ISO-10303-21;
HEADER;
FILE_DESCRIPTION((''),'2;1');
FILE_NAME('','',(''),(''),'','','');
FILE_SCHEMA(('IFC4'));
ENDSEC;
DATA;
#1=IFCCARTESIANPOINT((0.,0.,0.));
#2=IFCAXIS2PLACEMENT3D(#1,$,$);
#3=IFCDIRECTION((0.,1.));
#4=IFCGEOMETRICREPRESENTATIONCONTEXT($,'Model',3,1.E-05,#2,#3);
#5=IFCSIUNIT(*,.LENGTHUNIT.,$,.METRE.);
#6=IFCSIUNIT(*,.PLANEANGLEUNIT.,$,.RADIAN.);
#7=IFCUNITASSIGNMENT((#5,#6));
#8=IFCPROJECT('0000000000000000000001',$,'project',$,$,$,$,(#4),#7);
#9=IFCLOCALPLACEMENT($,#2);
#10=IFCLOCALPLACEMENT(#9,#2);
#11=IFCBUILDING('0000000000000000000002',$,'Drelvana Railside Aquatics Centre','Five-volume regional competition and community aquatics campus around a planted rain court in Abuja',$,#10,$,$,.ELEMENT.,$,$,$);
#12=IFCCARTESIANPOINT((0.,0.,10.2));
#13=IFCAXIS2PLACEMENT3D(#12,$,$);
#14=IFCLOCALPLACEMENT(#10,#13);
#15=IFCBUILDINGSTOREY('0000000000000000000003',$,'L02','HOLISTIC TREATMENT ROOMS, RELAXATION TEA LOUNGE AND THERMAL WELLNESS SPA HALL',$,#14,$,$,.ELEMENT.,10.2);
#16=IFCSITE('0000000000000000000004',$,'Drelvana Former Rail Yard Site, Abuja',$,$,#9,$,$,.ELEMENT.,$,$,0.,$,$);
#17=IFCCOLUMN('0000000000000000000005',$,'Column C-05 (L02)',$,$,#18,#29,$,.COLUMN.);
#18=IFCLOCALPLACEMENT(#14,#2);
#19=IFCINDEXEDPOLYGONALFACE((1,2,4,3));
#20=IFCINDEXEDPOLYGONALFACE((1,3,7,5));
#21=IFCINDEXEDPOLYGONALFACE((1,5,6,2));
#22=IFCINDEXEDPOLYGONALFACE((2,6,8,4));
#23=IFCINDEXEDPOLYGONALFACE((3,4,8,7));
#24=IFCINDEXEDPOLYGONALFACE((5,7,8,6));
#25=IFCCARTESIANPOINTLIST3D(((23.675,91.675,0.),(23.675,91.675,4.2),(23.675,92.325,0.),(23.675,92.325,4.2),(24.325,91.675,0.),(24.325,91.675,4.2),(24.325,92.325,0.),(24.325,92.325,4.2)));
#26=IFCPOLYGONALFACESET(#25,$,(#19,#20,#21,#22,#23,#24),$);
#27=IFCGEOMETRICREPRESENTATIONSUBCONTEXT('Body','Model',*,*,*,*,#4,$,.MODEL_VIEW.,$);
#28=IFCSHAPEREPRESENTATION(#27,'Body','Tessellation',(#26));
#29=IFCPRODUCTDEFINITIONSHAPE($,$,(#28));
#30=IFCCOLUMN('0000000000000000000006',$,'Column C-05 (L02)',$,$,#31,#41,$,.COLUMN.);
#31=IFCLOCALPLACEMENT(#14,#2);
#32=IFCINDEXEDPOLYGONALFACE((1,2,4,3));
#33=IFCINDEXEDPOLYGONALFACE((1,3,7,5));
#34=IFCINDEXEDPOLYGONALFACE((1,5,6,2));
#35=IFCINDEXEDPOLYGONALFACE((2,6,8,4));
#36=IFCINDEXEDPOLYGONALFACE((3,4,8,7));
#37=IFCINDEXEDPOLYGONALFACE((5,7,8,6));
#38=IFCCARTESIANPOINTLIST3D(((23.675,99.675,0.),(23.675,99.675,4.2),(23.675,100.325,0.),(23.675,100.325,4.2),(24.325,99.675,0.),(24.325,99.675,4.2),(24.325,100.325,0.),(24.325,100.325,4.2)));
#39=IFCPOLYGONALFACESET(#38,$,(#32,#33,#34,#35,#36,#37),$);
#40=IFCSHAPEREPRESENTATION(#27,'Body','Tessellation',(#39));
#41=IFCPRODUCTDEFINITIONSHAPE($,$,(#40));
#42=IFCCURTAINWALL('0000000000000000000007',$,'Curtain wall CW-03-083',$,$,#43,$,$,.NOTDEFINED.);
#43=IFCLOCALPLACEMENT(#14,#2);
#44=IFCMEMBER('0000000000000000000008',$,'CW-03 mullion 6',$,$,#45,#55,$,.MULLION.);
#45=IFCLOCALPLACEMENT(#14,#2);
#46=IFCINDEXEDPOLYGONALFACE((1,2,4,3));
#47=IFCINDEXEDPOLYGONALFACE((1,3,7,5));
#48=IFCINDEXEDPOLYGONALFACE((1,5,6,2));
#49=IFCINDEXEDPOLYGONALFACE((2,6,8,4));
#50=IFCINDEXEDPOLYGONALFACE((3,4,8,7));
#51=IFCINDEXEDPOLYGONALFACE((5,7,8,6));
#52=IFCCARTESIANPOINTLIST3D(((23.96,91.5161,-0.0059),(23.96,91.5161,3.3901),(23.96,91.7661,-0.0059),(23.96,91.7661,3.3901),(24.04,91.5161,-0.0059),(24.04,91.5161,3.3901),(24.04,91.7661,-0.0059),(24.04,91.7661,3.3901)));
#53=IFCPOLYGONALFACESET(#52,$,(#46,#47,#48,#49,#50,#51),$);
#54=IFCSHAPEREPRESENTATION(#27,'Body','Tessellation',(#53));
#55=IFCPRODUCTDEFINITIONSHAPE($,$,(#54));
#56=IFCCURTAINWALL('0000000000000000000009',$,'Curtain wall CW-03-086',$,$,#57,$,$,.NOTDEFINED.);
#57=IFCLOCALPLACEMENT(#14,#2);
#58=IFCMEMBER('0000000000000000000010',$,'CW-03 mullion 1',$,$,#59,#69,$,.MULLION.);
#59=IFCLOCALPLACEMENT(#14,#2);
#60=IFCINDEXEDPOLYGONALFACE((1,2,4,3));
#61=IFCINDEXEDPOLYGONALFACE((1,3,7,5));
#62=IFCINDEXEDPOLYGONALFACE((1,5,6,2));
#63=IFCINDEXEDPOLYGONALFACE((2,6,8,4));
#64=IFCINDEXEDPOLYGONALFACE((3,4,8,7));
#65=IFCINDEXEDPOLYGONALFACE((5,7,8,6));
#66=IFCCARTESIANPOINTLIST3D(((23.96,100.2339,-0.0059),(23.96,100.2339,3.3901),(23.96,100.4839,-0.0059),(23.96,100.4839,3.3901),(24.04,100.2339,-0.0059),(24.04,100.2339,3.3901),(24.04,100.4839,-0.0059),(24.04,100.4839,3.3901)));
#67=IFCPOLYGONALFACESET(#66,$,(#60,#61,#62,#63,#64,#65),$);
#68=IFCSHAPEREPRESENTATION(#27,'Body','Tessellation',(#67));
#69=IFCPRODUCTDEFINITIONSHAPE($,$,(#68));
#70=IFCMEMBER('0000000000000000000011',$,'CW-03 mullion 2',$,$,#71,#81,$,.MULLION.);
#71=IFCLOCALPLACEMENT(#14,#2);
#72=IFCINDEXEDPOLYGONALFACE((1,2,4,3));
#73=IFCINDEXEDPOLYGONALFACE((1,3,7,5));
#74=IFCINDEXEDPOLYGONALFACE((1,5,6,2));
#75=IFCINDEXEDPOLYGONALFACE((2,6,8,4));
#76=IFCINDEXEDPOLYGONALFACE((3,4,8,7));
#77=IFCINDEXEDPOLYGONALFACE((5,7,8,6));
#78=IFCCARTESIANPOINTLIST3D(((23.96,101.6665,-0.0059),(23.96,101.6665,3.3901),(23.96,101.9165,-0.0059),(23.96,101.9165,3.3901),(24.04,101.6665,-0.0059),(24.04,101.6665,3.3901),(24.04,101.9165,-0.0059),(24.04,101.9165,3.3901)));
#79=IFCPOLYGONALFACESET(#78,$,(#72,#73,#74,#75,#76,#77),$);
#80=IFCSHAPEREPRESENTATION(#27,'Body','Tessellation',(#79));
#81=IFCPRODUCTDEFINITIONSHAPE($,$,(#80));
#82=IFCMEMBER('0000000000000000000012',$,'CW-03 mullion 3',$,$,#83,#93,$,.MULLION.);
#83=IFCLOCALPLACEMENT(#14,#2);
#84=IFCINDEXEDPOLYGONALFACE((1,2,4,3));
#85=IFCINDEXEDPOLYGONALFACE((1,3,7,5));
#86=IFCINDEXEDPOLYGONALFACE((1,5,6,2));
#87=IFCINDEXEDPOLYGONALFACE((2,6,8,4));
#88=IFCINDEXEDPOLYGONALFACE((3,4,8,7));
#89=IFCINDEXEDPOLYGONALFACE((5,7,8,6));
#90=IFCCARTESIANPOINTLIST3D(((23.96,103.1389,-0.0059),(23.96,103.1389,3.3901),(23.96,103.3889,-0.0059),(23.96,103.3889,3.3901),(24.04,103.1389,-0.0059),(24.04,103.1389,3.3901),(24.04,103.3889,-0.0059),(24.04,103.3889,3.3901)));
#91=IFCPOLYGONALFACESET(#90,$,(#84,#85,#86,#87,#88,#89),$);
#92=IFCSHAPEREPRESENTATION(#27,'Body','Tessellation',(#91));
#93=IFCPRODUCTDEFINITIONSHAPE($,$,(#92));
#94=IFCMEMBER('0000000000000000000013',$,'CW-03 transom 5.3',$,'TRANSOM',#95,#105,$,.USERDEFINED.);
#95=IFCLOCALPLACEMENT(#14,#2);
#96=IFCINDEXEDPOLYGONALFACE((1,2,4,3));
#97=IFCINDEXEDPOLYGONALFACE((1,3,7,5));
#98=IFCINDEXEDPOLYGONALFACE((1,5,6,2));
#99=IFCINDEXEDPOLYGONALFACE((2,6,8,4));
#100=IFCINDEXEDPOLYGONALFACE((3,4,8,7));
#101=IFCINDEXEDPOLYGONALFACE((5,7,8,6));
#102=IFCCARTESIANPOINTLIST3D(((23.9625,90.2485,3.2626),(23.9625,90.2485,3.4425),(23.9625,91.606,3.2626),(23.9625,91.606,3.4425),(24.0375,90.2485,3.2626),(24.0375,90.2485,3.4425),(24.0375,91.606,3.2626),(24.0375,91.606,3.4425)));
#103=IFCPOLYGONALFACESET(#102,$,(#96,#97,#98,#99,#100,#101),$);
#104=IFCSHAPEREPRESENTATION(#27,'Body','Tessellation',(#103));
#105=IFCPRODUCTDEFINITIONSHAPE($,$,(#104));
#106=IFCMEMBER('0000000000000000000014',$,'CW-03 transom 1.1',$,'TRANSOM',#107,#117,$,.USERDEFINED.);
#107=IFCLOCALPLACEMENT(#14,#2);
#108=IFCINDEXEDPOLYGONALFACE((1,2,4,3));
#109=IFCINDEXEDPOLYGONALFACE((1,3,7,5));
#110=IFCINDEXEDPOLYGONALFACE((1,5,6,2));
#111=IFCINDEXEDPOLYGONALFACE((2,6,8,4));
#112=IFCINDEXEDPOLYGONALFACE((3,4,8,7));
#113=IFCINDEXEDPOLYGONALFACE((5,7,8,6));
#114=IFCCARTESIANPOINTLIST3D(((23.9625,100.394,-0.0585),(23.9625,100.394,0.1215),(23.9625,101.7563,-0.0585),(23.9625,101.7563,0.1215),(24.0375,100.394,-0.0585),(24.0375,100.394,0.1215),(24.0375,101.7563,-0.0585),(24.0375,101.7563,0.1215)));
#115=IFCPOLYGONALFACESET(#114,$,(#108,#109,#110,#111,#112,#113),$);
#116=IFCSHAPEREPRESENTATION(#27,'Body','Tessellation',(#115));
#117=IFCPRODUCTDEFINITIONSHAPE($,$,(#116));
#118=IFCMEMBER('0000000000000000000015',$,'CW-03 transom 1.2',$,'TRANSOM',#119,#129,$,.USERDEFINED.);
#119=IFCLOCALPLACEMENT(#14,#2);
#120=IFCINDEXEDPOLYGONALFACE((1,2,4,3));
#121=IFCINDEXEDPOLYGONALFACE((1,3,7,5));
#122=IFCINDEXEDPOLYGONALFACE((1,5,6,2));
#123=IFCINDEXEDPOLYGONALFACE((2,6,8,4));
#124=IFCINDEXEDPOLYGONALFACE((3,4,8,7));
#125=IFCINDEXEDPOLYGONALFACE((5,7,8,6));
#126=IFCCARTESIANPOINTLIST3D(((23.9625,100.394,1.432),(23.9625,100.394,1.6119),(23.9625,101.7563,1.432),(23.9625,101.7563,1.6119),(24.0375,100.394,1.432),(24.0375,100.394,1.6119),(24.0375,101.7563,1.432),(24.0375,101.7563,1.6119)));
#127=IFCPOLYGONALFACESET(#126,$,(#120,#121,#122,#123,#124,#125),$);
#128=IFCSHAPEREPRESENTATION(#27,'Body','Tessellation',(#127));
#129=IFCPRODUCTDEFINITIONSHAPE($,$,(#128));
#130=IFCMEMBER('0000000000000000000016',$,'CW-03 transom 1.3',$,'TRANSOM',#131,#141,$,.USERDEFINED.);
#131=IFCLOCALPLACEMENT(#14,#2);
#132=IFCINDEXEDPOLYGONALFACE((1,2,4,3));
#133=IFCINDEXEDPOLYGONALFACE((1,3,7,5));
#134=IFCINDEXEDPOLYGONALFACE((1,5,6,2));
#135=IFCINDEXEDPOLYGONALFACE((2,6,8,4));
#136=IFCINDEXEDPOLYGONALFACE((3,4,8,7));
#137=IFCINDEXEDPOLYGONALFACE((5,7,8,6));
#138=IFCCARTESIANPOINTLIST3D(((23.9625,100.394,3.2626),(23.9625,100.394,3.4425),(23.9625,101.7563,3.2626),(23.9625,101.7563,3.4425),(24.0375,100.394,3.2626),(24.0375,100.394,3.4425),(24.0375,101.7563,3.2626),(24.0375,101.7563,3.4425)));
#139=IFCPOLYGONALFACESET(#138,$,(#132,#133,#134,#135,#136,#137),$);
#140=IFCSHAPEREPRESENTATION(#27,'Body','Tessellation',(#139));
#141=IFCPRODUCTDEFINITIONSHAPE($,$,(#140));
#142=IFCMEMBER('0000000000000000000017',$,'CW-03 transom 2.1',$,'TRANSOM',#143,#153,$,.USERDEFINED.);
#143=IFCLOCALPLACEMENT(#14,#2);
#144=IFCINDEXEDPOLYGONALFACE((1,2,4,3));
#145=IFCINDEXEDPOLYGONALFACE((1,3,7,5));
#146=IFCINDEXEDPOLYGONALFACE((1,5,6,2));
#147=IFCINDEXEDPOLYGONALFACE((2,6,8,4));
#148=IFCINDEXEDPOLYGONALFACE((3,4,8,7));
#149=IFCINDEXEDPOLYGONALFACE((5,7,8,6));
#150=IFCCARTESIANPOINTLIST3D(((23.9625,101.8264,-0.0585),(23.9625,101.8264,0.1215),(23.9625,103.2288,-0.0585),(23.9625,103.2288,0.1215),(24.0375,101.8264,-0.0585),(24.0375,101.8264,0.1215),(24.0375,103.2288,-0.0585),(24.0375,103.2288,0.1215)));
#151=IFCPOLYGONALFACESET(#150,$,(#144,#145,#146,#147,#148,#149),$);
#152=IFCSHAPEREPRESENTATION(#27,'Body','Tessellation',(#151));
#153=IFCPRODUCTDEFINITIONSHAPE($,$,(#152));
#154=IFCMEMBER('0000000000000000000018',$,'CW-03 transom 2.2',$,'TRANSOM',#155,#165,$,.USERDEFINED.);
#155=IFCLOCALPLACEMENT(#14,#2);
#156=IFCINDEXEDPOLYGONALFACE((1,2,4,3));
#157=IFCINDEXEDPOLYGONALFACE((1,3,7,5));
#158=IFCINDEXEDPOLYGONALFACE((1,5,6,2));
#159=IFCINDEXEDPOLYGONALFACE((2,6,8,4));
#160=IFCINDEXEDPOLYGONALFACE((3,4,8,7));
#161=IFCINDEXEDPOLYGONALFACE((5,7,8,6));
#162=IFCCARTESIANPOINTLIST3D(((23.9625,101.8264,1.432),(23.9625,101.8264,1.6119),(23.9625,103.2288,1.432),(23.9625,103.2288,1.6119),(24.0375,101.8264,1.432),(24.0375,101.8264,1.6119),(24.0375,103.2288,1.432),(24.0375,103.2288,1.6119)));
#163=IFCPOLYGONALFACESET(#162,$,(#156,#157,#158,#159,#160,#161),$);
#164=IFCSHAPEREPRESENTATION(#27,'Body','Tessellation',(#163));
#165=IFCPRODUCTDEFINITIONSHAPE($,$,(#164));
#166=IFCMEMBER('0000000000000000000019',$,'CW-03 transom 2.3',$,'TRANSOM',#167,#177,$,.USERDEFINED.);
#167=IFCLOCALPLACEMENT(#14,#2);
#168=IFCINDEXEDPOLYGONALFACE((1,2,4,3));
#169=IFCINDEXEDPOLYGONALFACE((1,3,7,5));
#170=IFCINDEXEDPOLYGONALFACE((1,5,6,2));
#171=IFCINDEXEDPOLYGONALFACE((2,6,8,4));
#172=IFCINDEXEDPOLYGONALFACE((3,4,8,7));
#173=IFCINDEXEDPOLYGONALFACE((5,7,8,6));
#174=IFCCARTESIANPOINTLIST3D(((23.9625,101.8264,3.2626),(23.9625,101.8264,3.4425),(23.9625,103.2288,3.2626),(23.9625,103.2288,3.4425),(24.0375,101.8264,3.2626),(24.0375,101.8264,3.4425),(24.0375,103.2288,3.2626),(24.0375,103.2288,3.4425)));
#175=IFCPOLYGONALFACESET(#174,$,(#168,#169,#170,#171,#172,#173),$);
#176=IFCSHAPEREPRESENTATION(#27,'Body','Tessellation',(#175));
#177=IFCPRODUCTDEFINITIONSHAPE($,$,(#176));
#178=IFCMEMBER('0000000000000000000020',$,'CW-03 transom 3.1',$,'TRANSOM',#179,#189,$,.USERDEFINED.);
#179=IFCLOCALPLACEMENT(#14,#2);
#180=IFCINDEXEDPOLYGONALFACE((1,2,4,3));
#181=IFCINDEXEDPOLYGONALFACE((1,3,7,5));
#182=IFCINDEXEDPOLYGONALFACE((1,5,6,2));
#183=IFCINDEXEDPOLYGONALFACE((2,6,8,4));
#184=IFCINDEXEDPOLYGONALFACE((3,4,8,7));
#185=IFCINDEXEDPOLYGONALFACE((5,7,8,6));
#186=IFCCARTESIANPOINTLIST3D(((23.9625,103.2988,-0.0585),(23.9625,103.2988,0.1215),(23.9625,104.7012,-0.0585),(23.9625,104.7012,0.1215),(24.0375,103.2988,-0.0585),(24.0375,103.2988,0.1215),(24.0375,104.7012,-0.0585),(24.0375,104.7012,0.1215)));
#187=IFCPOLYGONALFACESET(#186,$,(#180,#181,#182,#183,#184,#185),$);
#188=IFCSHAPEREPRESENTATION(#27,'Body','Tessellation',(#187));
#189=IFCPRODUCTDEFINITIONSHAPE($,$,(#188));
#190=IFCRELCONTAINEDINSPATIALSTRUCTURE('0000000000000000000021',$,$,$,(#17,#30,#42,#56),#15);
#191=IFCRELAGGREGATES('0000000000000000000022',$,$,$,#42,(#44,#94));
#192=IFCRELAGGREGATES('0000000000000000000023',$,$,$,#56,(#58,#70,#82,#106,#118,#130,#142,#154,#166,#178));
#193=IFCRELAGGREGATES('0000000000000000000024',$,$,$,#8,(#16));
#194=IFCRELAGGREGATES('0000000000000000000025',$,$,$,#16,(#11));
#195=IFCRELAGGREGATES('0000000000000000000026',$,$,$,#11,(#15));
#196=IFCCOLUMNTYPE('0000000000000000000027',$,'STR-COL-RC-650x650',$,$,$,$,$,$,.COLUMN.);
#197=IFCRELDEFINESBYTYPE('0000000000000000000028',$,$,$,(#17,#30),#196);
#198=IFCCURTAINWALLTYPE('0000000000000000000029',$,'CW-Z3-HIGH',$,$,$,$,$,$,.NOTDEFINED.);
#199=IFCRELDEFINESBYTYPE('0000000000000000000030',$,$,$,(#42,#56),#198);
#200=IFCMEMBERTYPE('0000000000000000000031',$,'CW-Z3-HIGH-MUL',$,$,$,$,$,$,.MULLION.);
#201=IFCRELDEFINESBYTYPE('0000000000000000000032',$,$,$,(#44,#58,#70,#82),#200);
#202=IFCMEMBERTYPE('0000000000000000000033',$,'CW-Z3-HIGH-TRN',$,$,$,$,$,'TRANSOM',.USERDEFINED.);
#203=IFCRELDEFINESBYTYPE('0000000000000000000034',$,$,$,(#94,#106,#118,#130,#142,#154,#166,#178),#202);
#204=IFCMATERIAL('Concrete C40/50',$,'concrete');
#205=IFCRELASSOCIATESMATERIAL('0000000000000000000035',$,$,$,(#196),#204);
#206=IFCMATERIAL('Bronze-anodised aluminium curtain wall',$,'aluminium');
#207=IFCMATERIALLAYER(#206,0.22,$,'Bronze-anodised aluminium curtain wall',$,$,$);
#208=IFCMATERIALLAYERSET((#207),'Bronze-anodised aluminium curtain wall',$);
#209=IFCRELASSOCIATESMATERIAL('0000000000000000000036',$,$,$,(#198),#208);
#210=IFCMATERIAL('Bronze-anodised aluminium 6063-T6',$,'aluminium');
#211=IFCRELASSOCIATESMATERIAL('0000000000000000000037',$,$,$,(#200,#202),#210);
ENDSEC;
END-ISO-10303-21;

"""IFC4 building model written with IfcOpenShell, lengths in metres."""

from ifc_helpers import new_model, si_unit, direction, frame, origin, origin_2d, place, context, subcontext, project, spatial, rectangle, extrude, material, layer, layer_set, material_profile, profile_set, type_object, element, aggregate, save


model = new_model("IFC4")

# Units and contexts
model_context = context("Model", 3, precision=1e-05, world=origin(), true_north=direction((0.0, 1.0)))
body_context = subcontext(model_context, "Body", "Model", "MODEL_VIEW")
ifc_project = project(units=[si_unit("LENGTHUNIT", "METRE"), si_unit("PLANEANGLEUNIT", "RADIAN")], contexts=[model_context])

# Site, building, storey
site_placement = place(None, origin())
site = spatial("IfcSite", under=ifc_project, at=site_placement, Name="Drelvana Former Rail Yard Site, Abuja", CompositionType="ELEMENT", RefElevation=0.0)
building_placement = place(site_placement, origin())
building = spatial("IfcBuilding", under=site, at=building_placement, Name="Drelvana Railside Aquatics Centre", Description="Five-volume regional competition and community aquatics campus around a planted rain court in Abuja", CompositionType="ELEMENT")
storey_placement = place(building_placement, frame((0.0, 0.0, 10.2)))
storey = spatial("IfcBuildingStorey", under=building, at=storey_placement, Name="L02", Description="HOLISTIC TREATMENT ROOMS, RELAXATION TEA LOUNGE AND THERMAL WELLNESS SPA HALL", CompositionType="ELEMENT", Elevation=10.2)

# Columns
ifc_material_1 = material(Name="Concrete C40/50", Category="concrete")
ifc_material_profile_1 = material_profile(ifc_material_1, rectangle(XDim=0.6499, YDim=0.6499, at=origin_2d()), Name="RC 650x650")
ifc_profile_set_1 = profile_set([ifc_material_profile_1], Name="Concrete C40/50")
column_type = type_object("IfcColumnType", Name="STR-COL-RC-650x650", PredefinedType="COLUMN", material=ifc_profile_set_1)
for number, where, z_axis, x_axis, name in (
    (1, (24.0, 92.0, 0.0), (0.0, 0.0, 1.0), (1.0, 0.0, 0.0), "Column C-05 (L02)"),
    (2, (24.0, 100.0, 0.0), (0.0, 0.0, 1.0), (1.0, 0.0, 0.0), "Column C-05 (L02)"),
):
    element("IfcColumn", number, at=place(storey_placement, frame(where, z_axis=z_axis, x_axis=x_axis)), inside=storey, type_object=column_type, Name=name, PredefinedType="COLUMN", context=body_context, shape_type="SweptSolid", body=[
        extrude(rectangle(XDim=0.6499, YDim=0.6499, at=origin_2d()), origin(), (0.0, 0.0, 1.0), 4.2),
    ])

# Curtain wall, member
ifc_material_2 = material(Name="Bronze-anodised aluminium curtain wall", Category="aluminium")
ifc_layer_1 = layer(ifc_material_2, 0.22, Name="Bronze-anodised aluminium curtain wall")
ifc_layer_set_1 = layer_set([ifc_layer_1], Name="Bronze-anodised aluminium curtain wall")
curtain_wall_type = type_object("IfcCurtainWallType", Name="CW-Z3-HIGH", PredefinedType="NOTDEFINED", material=ifc_layer_set_1)
curtain_wall_1_placement = place(storey_placement, origin())
curtain_wall_1 = element("IfcCurtainWall", 3, at=curtain_wall_1_placement, inside=storey, type_object=curtain_wall_type, Name="Curtain wall CW-03-083", PredefinedType="NOTDEFINED")
ifc_material_3 = material(Name="Bronze-anodised aluminium 6063-T6", Category="aluminium")
ifc_material_profile_2 = material_profile(ifc_material_3, rectangle(XDim=0.0801, YDim=0.25, at=origin_2d()), Name="ALU-M 80x250")
ifc_profile_set_2 = profile_set([ifc_material_profile_2], Name="Bronze-anodised aluminium 6063-T6")
member_type_1 = type_object("IfcMemberType", Name="CW-Z3-HIGH-MUL", PredefinedType="MULLION", material=ifc_profile_set_2)
member_1_placement = place(storey_placement, frame((24.0, 91.6411, -0.0059), z_axis=(0.0, 0.0, 1.0), x_axis=(-1.0, 0.0, 0.0)))
member_1 = element("IfcMember", 4, at=member_1_placement, type_object=member_type_1, Name="CW-03 mullion 6", PredefinedType="MULLION", context=body_context, shape_type="SweptSolid", body=[
    extrude(rectangle(XDim=0.0801, YDim=0.25, at=origin_2d()), origin(), (0.0, 0.0, 1.0), 3.396),
])

# Curtain wall, members
curtain_wall_2_placement = place(storey_placement, origin())
curtain_wall_2 = element("IfcCurtainWall", 5, at=curtain_wall_2_placement, inside=storey, type_object=curtain_wall_type, Name="Curtain wall CW-03-086", PredefinedType="NOTDEFINED")
member_2_placement = place(storey_placement, frame((24.0, 100.3589, -0.0059), z_axis=(0.0, 0.0, 1.0), x_axis=(-1.0, 0.0, 0.0)))
member_2 = element("IfcMember", 6, at=member_2_placement, type_object=member_type_1, Name="CW-03 mullion 1", PredefinedType="MULLION", context=body_context, shape_type="SweptSolid", body=[
    extrude(rectangle(XDim=0.0801, YDim=0.25, at=origin_2d()), origin(), (0.0, 0.0, 1.0), 3.396),
])
member_3_placement = place(storey_placement, frame((24.0, 101.7915, -0.0059), z_axis=(0.0, 0.0, 1.0), x_axis=(-1.0, 0.0, 0.0)))
member_3 = element("IfcMember", 7, at=member_3_placement, type_object=member_type_1, Name="CW-03 mullion 2", PredefinedType="MULLION", context=body_context, shape_type="SweptSolid", body=[
    extrude(rectangle(XDim=0.0801, YDim=0.25, at=origin_2d()), origin(), (0.0, 0.0, 1.0), 3.396),
])
member_4_placement = place(storey_placement, frame((24.0, 103.2639, -0.0059), z_axis=(0.0, 0.0, 1.0), x_axis=(-1.0, 0.0, 0.0)))
member_4 = element("IfcMember", 8, at=member_4_placement, type_object=member_type_1, Name="CW-03 mullion 3", PredefinedType="MULLION", context=body_context, shape_type="SweptSolid", body=[
    extrude(rectangle(XDim=0.0801, YDim=0.25, at=origin_2d()), origin(), (0.0, 0.0, 1.0), 3.396),
])

# Members
ifc_material_profile_3 = material_profile(ifc_material_3, rectangle(XDim=0.1799, YDim=0.075, at=origin_2d()), Name="ALU-T 75x180")
ifc_profile_set_3 = profile_set([ifc_material_profile_3], Name="Bronze-anodised aluminium 6063-T6")
member_type_2 = type_object("IfcMemberType", Name="CW-Z3-HIGH-TRN", ElementType="TRANSOM", PredefinedType="USERDEFINED", material=ifc_profile_set_3)
member_5_placement = place(storey_placement, frame((24.0, 90.2485, 3.3525), z_axis=(0.0, 1.0, 0.0), x_axis=(0.0, 0.0, 1.0)))
member_5 = element("IfcMember", 9, at=member_5_placement, type_object=member_type_2, Name="CW-03 transom 5.3", ObjectType="TRANSOM", PredefinedType="USERDEFINED", context=body_context, shape_type="SweptSolid", body=[
    extrude(rectangle(XDim=0.1799, YDim=0.075, at=origin_2d()), origin(), (0.0, 0.0, 1.0), 1.3574),
])
member_6_placement = place(storey_placement, frame((24.0, 100.394, 0.0315), z_axis=(0.0, 1.0, 0.0), x_axis=(0.0, 0.0, 1.0)))
member_6 = element("IfcMember", 10, at=member_6_placement, type_object=member_type_2, Name="CW-03 transom 1.1", ObjectType="TRANSOM", PredefinedType="USERDEFINED", context=body_context, shape_type="SweptSolid", body=[
    extrude(rectangle(XDim=0.1799, YDim=0.075, at=origin_2d()), origin(), (0.0, 0.0, 1.0), 1.3623),
])
member_7_placement = place(storey_placement, frame((24.0, 100.394, 1.522), z_axis=(0.0, 1.0, 0.0), x_axis=(0.0, 0.0, 1.0)))
member_7 = element("IfcMember", 11, at=member_7_placement, type_object=member_type_2, Name="CW-03 transom 1.2", ObjectType="TRANSOM", PredefinedType="USERDEFINED", context=body_context, shape_type="SweptSolid", body=[
    extrude(rectangle(XDim=0.1799, YDim=0.075, at=origin_2d()), origin(), (0.0, 0.0, 1.0), 1.3623),
])
member_8_placement = place(storey_placement, frame((24.0, 100.394, 3.3525), z_axis=(0.0, 1.0, 0.0), x_axis=(0.0, 0.0, 1.0)))
member_8 = element("IfcMember", 12, at=member_8_placement, type_object=member_type_2, Name="CW-03 transom 1.3", ObjectType="TRANSOM", PredefinedType="USERDEFINED", context=body_context, shape_type="SweptSolid", body=[
    extrude(rectangle(XDim=0.1799, YDim=0.075, at=origin_2d()), origin(), (0.0, 0.0, 1.0), 1.3623),
])
member_9_placement = place(storey_placement, frame((24.0, 101.8264, 0.0315), z_axis=(0.0, 1.0, 0.0), x_axis=(0.0, 0.0, 1.0)))
member_9 = element("IfcMember", 13, at=member_9_placement, type_object=member_type_2, Name="CW-03 transom 2.1", ObjectType="TRANSOM", PredefinedType="USERDEFINED", context=body_context, shape_type="SweptSolid", body=[
    extrude(rectangle(XDim=0.1799, YDim=0.075, at=origin_2d()), origin(), (0.0, 0.0, 1.0), 1.4023),
])
member_10_placement = place(storey_placement, frame((24.0, 101.8264, 1.522), z_axis=(0.0, 1.0, 0.0), x_axis=(0.0, 0.0, 1.0)))
member_10 = element("IfcMember", 14, at=member_10_placement, type_object=member_type_2, Name="CW-03 transom 2.2", ObjectType="TRANSOM", PredefinedType="USERDEFINED", context=body_context, shape_type="SweptSolid", body=[
    extrude(rectangle(XDim=0.1799, YDim=0.075, at=origin_2d()), origin(), (0.0, 0.0, 1.0), 1.4023),
])
member_11_placement = place(storey_placement, frame((24.0, 101.8264, 3.3525), z_axis=(0.0, 1.0, 0.0), x_axis=(0.0, 0.0, 1.0)))
member_11 = element("IfcMember", 15, at=member_11_placement, type_object=member_type_2, Name="CW-03 transom 2.3", ObjectType="TRANSOM", PredefinedType="USERDEFINED", context=body_context, shape_type="SweptSolid", body=[
    extrude(rectangle(XDim=0.1799, YDim=0.075, at=origin_2d()), origin(), (0.0, 0.0, 1.0), 1.4023),
])
member_12_placement = place(storey_placement, frame((24.0, 103.2988, 0.0315), z_axis=(0.0, 1.0, 0.0), x_axis=(0.0, 0.0, 1.0)))
member_12 = element("IfcMember", 16, at=member_12_placement, type_object=member_type_2, Name="CW-03 transom 3.1", ObjectType="TRANSOM", PredefinedType="USERDEFINED", context=body_context, shape_type="SweptSolid", body=[
    extrude(rectangle(XDim=0.1799, YDim=0.075, at=origin_2d()), origin(), (0.0, 0.0, 1.0), 1.4023),
])

aggregate(curtain_wall_1, [member_1, member_5])
aggregate(curtain_wall_2, [member_2, member_3, member_4, member_6, member_7, member_8, member_9, member_10, member_11, member_12])

save(model, "model.ifc")
